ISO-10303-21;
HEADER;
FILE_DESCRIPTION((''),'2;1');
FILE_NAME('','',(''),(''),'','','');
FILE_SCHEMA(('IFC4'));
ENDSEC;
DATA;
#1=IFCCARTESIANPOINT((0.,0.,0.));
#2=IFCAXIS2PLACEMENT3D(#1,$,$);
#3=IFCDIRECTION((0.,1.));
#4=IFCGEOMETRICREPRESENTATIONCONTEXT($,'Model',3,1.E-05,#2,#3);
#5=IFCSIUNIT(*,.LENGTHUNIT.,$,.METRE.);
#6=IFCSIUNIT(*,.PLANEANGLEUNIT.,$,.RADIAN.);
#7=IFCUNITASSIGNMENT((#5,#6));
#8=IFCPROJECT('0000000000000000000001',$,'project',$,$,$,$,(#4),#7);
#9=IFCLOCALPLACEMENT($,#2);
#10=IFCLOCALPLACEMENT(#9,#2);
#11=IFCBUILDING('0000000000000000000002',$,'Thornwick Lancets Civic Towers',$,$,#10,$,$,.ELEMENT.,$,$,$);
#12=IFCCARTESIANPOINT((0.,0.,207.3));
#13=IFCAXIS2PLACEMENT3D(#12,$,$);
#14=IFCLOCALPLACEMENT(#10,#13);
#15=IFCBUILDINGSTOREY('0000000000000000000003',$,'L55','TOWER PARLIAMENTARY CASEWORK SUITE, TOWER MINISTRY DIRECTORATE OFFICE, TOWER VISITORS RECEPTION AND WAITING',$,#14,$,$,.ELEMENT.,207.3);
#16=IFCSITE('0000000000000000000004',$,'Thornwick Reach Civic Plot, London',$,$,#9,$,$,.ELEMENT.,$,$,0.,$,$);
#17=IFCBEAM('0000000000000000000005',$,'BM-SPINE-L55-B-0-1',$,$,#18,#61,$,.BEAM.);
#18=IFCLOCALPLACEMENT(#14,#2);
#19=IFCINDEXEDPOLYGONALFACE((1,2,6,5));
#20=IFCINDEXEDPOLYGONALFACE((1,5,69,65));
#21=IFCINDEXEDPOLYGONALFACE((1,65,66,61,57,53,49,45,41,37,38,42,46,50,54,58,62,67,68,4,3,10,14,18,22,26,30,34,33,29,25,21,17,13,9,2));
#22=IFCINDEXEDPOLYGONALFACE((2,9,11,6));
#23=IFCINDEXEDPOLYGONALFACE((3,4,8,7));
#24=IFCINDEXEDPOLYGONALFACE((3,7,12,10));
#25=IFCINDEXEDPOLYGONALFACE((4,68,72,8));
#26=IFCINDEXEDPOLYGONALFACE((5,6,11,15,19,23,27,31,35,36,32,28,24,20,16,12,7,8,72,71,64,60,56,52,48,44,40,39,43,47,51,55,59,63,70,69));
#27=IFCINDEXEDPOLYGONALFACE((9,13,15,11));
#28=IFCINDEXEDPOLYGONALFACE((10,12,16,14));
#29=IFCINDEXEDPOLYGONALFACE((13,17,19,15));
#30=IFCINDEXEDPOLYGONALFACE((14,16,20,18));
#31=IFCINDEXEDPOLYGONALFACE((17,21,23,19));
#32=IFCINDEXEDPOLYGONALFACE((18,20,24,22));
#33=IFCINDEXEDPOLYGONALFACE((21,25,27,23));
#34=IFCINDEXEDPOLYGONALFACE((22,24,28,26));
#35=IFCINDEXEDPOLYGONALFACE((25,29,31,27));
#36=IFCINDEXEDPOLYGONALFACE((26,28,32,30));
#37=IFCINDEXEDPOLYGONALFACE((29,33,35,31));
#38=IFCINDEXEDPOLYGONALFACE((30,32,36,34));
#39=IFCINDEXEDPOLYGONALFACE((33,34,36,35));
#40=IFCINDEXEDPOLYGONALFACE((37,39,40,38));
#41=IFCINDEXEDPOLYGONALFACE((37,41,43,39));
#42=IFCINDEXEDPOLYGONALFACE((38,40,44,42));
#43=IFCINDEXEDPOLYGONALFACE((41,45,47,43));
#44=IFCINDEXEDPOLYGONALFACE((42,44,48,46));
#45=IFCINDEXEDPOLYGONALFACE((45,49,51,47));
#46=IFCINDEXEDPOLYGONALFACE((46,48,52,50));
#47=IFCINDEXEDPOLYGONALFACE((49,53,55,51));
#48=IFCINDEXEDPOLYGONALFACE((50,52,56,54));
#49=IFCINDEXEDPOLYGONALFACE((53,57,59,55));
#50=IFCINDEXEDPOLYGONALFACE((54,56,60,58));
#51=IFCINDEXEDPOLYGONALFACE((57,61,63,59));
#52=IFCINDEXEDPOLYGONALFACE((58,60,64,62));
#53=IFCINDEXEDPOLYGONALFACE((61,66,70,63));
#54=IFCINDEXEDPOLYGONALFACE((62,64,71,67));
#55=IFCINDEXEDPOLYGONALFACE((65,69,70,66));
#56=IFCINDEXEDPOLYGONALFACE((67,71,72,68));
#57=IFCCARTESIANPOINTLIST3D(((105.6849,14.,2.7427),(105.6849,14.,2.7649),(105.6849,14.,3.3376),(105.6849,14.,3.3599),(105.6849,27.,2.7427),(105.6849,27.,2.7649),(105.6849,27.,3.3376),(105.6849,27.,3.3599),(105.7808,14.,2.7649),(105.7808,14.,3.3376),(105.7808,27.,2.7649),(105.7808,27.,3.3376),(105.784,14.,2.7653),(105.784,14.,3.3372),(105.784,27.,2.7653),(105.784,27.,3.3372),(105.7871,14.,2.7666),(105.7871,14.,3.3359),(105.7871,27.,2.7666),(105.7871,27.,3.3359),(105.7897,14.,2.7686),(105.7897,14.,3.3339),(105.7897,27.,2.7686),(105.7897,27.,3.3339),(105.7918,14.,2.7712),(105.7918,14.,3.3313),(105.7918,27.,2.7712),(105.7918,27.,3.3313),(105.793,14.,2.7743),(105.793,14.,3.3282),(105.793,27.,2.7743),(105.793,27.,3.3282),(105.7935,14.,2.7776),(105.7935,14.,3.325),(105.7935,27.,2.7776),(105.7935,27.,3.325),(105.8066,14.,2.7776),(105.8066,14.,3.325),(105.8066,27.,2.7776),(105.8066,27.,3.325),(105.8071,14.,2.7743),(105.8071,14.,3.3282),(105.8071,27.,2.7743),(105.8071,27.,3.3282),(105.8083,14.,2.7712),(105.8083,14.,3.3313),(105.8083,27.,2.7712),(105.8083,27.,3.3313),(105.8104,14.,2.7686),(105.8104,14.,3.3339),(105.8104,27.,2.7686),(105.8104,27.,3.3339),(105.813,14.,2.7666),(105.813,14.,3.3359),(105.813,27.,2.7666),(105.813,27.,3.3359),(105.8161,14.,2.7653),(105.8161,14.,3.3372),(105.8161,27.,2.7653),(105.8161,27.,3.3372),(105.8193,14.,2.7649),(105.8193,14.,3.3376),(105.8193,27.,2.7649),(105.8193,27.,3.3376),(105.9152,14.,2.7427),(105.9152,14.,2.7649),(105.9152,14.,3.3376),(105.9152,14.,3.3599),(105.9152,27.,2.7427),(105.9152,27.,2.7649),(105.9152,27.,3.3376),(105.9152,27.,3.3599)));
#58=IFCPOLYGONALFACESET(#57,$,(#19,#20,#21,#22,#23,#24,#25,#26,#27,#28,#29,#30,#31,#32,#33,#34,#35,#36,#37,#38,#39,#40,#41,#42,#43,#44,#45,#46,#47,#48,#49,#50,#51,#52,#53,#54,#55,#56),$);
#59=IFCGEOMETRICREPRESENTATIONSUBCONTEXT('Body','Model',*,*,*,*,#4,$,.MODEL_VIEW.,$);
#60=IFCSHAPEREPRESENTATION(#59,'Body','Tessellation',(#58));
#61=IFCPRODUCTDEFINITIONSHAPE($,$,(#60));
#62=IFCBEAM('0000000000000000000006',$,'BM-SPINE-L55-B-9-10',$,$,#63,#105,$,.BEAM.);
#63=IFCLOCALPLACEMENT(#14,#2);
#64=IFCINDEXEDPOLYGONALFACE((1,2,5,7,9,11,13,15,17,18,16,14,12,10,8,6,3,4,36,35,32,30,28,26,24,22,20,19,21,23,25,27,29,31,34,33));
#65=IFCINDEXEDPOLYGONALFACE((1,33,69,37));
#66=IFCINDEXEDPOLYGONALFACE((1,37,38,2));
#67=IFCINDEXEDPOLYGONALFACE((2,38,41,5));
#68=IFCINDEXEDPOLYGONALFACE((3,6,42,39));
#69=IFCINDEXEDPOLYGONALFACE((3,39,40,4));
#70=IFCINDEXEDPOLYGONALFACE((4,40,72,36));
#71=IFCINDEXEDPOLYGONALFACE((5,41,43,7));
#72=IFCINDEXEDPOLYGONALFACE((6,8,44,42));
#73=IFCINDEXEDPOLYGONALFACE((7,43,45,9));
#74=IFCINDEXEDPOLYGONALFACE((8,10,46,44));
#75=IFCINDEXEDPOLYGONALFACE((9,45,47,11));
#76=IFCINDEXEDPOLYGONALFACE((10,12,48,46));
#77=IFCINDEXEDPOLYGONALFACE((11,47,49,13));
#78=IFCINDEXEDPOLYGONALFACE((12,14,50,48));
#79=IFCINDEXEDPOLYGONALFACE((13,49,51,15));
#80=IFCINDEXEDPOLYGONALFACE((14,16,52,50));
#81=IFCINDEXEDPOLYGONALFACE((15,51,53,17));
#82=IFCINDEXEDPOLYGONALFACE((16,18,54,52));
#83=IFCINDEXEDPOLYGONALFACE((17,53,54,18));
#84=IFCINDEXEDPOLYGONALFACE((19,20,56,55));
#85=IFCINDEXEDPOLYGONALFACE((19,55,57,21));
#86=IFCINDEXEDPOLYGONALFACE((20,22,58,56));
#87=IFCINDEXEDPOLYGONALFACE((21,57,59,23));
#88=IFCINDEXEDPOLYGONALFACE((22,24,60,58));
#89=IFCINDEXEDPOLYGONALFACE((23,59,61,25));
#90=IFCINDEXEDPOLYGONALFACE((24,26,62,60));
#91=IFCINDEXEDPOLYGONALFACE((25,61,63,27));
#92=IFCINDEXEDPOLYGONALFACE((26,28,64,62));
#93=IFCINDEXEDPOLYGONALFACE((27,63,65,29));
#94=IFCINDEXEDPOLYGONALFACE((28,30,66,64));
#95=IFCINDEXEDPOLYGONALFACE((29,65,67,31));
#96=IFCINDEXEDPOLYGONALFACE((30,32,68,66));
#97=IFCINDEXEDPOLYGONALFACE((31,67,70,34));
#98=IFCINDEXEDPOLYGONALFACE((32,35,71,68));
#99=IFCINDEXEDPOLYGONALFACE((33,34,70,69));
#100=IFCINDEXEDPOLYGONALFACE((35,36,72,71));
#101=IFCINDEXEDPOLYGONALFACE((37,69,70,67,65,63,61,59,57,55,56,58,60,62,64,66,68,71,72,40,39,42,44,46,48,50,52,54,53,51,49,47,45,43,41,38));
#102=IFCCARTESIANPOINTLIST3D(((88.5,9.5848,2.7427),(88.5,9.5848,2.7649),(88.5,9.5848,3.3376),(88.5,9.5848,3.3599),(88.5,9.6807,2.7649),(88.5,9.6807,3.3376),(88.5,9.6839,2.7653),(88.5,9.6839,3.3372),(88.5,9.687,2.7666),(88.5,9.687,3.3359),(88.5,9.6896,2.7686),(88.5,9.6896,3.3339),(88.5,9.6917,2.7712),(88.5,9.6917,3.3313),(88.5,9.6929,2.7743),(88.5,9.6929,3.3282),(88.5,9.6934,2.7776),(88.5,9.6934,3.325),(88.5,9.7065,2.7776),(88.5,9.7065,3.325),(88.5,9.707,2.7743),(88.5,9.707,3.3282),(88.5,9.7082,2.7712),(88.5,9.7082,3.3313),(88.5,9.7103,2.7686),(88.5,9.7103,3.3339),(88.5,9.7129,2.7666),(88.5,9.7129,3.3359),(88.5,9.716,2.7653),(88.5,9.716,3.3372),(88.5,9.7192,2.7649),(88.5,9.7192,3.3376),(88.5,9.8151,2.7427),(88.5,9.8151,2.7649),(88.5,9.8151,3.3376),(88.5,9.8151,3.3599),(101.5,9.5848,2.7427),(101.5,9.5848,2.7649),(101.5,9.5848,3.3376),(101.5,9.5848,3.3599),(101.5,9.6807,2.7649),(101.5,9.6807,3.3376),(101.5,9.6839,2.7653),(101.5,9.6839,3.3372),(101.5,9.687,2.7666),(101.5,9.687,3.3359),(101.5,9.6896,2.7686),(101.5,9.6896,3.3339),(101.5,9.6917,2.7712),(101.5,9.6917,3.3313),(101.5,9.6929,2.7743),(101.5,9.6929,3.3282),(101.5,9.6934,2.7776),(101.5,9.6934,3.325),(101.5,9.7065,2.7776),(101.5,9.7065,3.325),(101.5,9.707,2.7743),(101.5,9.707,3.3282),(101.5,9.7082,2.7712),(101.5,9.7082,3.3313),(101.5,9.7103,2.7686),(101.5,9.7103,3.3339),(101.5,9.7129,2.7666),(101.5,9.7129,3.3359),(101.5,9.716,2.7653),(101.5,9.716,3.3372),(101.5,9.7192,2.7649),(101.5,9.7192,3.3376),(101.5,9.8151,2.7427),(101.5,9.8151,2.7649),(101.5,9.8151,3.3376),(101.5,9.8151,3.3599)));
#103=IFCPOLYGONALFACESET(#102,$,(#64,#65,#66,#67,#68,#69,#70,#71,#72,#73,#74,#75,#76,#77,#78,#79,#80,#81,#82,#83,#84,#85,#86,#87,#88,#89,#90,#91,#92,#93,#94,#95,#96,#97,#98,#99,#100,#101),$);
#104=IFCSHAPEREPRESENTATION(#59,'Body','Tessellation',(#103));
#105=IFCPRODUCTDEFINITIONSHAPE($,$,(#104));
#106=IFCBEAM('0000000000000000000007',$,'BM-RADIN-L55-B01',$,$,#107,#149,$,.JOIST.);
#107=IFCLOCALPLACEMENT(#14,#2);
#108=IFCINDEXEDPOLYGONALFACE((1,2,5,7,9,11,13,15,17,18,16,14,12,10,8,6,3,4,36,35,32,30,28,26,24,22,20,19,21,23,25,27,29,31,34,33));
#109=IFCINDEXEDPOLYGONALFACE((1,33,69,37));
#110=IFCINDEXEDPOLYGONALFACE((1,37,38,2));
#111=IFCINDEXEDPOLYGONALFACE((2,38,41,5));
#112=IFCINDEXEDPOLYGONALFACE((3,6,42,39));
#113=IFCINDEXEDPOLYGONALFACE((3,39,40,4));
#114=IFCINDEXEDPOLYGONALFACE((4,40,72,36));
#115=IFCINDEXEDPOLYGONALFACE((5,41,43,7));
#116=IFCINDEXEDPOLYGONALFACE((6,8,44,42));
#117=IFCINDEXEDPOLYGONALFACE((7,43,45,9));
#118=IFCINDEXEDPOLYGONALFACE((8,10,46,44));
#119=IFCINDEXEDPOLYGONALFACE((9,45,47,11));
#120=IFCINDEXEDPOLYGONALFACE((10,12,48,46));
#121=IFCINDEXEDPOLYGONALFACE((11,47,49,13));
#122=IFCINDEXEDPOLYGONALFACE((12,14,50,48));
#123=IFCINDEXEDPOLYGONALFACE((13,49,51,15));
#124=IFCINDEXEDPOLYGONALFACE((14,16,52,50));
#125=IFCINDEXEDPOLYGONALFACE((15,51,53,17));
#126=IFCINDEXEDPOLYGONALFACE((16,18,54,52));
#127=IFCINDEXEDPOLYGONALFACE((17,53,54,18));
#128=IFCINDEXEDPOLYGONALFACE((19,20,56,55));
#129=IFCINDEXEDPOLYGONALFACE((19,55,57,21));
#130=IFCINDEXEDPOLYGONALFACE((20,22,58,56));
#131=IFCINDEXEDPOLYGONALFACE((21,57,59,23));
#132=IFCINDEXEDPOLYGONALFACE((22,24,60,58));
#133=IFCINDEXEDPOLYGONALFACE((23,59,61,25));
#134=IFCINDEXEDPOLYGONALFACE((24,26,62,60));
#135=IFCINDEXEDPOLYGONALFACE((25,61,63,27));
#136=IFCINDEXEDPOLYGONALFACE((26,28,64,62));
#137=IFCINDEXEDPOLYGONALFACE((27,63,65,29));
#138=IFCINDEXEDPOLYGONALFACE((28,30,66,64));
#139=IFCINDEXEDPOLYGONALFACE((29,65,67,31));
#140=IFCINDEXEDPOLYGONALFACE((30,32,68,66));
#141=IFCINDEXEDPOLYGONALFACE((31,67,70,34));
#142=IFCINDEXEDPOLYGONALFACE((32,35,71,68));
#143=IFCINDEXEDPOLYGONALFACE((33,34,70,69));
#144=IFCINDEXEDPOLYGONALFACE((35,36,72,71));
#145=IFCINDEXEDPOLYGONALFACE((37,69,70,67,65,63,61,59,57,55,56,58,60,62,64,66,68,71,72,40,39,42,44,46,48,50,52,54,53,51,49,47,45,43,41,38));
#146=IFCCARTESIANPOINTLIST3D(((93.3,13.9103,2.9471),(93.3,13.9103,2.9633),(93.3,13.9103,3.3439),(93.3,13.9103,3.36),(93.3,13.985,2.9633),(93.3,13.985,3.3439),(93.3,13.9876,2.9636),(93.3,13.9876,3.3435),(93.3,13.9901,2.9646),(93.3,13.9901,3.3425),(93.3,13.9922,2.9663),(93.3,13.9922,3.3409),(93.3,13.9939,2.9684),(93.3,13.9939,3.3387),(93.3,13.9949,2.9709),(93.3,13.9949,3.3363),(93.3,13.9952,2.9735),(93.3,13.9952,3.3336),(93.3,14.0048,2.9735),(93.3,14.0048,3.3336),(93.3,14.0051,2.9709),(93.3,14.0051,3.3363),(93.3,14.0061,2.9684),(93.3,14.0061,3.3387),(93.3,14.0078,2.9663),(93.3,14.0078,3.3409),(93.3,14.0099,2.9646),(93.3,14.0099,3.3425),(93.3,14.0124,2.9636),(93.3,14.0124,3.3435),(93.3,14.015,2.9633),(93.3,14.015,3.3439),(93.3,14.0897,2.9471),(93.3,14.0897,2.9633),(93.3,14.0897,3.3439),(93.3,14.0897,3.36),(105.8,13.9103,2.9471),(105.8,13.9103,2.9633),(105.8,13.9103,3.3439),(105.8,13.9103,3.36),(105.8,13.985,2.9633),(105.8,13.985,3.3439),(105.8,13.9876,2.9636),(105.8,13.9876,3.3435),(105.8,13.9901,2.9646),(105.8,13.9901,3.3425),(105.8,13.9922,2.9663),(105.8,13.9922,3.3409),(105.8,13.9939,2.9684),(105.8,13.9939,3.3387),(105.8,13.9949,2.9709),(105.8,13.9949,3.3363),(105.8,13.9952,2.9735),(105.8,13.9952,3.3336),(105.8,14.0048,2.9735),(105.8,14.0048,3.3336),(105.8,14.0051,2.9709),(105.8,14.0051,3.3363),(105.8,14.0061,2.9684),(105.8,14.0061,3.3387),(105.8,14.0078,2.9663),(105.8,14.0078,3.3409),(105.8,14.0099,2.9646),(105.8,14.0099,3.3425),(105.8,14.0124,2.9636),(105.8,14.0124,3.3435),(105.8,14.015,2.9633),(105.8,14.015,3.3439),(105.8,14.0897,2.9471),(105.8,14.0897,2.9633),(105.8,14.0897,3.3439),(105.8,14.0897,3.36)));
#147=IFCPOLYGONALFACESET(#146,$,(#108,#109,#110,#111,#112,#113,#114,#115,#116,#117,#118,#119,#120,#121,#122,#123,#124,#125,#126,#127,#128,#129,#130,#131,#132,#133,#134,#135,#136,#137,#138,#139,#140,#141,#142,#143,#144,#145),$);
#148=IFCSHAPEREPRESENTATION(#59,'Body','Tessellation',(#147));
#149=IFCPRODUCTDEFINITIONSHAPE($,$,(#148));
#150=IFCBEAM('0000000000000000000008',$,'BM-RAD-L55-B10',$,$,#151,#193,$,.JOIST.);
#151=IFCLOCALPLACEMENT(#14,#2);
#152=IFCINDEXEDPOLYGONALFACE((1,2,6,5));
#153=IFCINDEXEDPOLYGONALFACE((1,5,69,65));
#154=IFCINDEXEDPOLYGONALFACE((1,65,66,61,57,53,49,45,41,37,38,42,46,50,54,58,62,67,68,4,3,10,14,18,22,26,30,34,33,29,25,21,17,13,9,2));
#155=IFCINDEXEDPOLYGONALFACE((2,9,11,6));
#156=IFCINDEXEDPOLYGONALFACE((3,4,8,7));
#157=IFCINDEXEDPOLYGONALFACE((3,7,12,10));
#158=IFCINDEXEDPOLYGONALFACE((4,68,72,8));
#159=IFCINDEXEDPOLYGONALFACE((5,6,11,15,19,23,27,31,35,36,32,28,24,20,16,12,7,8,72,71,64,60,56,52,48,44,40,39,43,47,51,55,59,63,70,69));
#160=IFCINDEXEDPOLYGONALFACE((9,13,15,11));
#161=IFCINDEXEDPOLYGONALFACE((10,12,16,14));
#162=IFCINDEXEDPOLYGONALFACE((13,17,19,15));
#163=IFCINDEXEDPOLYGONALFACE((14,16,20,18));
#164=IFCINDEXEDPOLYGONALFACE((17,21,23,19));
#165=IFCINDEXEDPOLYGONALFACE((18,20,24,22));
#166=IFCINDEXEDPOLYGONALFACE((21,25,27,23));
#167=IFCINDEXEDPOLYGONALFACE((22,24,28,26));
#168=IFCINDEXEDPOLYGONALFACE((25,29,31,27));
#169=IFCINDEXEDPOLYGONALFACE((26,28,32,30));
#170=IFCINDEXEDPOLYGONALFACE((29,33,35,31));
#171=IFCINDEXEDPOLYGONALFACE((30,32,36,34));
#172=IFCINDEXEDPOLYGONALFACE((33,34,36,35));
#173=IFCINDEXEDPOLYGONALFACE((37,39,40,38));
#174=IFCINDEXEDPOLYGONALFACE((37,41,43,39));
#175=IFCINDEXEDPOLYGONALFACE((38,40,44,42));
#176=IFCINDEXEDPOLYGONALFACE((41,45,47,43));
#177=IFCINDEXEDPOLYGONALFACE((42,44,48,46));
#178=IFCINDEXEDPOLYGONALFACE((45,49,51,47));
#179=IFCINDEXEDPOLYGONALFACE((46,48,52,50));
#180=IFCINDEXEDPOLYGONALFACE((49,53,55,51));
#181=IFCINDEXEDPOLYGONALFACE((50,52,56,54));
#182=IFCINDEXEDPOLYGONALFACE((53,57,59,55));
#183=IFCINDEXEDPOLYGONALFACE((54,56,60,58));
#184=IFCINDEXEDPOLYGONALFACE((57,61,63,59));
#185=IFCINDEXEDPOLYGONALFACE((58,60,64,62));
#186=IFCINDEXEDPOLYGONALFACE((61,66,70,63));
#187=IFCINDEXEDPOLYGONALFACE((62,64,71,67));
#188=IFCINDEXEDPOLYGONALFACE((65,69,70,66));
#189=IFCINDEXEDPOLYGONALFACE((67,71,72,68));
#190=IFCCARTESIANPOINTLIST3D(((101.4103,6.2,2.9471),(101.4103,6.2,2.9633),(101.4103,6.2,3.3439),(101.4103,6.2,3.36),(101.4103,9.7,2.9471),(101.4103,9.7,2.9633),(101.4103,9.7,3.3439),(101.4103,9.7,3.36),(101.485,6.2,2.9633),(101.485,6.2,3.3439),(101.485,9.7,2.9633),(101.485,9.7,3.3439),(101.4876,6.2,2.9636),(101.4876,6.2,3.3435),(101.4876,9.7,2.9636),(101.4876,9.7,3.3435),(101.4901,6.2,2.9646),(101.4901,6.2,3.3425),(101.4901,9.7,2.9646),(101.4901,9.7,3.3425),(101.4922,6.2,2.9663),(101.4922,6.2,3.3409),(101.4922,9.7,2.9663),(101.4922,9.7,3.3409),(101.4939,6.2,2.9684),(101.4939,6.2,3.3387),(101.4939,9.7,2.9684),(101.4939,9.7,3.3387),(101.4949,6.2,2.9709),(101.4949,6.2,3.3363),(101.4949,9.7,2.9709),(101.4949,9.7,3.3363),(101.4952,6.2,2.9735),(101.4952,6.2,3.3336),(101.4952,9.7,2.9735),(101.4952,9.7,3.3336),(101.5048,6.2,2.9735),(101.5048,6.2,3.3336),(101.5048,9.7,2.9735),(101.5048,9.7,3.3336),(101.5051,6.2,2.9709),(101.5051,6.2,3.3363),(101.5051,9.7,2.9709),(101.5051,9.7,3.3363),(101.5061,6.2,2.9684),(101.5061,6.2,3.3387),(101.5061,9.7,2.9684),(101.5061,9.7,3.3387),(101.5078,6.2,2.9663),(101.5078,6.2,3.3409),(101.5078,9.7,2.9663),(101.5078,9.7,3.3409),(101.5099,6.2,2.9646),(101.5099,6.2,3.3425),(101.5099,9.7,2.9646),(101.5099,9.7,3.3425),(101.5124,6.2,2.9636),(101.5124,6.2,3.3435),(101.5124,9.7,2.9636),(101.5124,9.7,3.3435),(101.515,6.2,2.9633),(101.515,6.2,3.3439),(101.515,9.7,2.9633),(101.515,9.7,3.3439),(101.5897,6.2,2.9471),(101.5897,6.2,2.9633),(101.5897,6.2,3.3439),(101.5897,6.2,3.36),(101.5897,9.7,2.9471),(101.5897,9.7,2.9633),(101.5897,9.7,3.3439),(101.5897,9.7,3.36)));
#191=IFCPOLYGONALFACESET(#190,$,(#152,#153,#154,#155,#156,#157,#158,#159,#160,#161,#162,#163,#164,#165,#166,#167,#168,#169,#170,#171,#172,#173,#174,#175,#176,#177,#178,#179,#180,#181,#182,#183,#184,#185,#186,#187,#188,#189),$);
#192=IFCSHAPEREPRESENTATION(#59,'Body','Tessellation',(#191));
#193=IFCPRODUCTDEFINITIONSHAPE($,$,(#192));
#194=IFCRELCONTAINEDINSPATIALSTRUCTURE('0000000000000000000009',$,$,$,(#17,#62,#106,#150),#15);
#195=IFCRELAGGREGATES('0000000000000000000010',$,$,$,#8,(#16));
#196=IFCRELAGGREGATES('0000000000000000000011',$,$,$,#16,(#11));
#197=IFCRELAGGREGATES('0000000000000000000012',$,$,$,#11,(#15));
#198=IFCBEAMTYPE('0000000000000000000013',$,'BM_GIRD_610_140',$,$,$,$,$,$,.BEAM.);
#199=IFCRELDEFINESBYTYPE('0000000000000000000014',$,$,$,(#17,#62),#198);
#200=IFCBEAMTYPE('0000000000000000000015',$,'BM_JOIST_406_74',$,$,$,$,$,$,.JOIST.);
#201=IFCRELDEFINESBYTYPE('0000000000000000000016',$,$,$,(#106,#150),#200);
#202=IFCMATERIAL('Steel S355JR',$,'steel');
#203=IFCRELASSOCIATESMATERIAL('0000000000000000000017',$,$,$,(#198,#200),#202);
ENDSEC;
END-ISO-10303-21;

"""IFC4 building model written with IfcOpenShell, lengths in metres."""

from ifc_helpers import new_model, si_unit, direction, frame, origin, origin_2d, place, context, subcontext, project, spatial, i_section, extrude, material, material_profile, profile_set, type_object, element, save


model = new_model("IFC4")

# Units and contexts
model_context = context("Model", 3, precision=1e-05, world=origin(), true_north=direction((0.0, 1.0)))
body_context = subcontext(model_context, "Body", "Model", "MODEL_VIEW")
ifc_project = project(units=[si_unit("LENGTHUNIT", "METRE"), si_unit("PLANEANGLEUNIT", "RADIAN")], contexts=[model_context])

# Site, building, storey
site_placement = place(None, origin())
site = spatial("IfcSite", under=ifc_project, at=site_placement, Name="Thornwick Reach Civic Plot, London", CompositionType="ELEMENT", RefElevation=0.0)
building_placement = place(site_placement, origin())
building = spatial("IfcBuilding", under=site, at=building_placement, Name="Thornwick Lancets Civic Towers", CompositionType="ELEMENT")
storey_placement = place(building_placement, frame((0.0, 0.0, 207.3)))
storey = spatial("IfcBuildingStorey", under=building, at=storey_placement, Name="L55", Description="TOWER PARLIAMENTARY CASEWORK SUITE, TOWER MINISTRY DIRECTORATE OFFICE, TOWER VISITORS RECEPTION AND WAITING", CompositionType="ELEMENT", Elevation=207.3)

# Shared definitions
ifc_material_1 = material(Name="Steel S355JR", Category="steel")

# Beams
ifc_material_profile_1 = material_profile(ifc_material_1, i_section(OverallWidth=0.2302, OverallDepth=0.6172, WebThickness=0.0132, FlangeThickness=0.0222, FilletRadius=0.0127, at=origin_2d()), Name="UKB 610x229x140")
ifc_profile_set_1 = profile_set([ifc_material_profile_1], Name="Steel S355JR")
beam_type_1 = type_object("IfcBeamType", Name="BM_GIRD_610_140", PredefinedType="BEAM", material=ifc_profile_set_1)
for number, where, z_axis, x_axis, name in (
    (1, (105.8, 14.0, 3.0513), (0.0, 1.0, 0.0), (-1.0, 0.0, 0.0), "BM-SPINE-L55-B-0-1"),
    (2, (101.5, 9.7, 3.0513), (-1.0, 0.0, 0.0), (0.0, -1.0, 0.0), "BM-SPINE-L55-B-9-10"),
):
    element("IfcBeam", number, at=place(storey_placement, frame(where, z_axis=z_axis, x_axis=x_axis)), inside=storey, type_object=beam_type_1, Name=name, PredefinedType="BEAM", context=body_context, shape_type="SweptSolid", body=[
        extrude(i_section(OverallWidth=0.2302, OverallDepth=0.6172, WebThickness=0.0132, FlangeThickness=0.0222, FilletRadius=0.0127, at=origin_2d()), origin(), (0.0, 0.0, 1.0), 13.0),
    ])
ifc_material_profile_2 = material_profile(ifc_material_1, i_section(OverallWidth=0.1794, OverallDepth=0.4128, WebThickness=0.0095, FlangeThickness=0.0161, FilletRadius=0.0103, at=origin_2d()), Name="UKB 406x178x74")
ifc_profile_set_2 = profile_set([ifc_material_profile_2], Name="Steel S355JR")
beam_type_2 = type_object("IfcBeamType", Name="BM_JOIST_406_74", PredefinedType="JOIST", material=ifc_profile_set_2)
beam_1_placement = place(storey_placement, frame((93.3, 14.0, 3.1536), z_axis=(1.0, 0.0, 0.0), x_axis=(0.0, 1.0, 0.0)))
element("IfcBeam", 3, at=beam_1_placement, inside=storey, type_object=beam_type_2, Name="BM-RADIN-L55-B01", PredefinedType="JOIST", context=body_context, shape_type="SweptSolid", body=[
    extrude(i_section(OverallWidth=0.1794, OverallDepth=0.4128, WebThickness=0.0095, FlangeThickness=0.0161, FilletRadius=0.0103, at=origin_2d()), origin(), (0.0, 0.0, 1.0), 12.5),
])
for number, where, z_axis, x_axis, name in (
    (4, (101.5, 9.7, 3.1536), (0.0, -1.0, 0.0), (1.0, 0.0, 0.0), "BM-RAD-L55-B10"),
):
    element("IfcBeam", number, at=place(storey_placement, frame(where, z_axis=z_axis, x_axis=x_axis)), inside=storey, type_object=beam_type_2, Name=name, PredefinedType="JOIST", context=body_context, shape_type="SweptSolid", body=[
        extrude(i_section(OverallWidth=0.1794, OverallDepth=0.4128, WebThickness=0.0095, FlangeThickness=0.0161, FilletRadius=0.0103, at=origin_2d()), origin(), (0.0, 0.0, 1.0), 3.5),
    ])

save(model, "model.ifc")
